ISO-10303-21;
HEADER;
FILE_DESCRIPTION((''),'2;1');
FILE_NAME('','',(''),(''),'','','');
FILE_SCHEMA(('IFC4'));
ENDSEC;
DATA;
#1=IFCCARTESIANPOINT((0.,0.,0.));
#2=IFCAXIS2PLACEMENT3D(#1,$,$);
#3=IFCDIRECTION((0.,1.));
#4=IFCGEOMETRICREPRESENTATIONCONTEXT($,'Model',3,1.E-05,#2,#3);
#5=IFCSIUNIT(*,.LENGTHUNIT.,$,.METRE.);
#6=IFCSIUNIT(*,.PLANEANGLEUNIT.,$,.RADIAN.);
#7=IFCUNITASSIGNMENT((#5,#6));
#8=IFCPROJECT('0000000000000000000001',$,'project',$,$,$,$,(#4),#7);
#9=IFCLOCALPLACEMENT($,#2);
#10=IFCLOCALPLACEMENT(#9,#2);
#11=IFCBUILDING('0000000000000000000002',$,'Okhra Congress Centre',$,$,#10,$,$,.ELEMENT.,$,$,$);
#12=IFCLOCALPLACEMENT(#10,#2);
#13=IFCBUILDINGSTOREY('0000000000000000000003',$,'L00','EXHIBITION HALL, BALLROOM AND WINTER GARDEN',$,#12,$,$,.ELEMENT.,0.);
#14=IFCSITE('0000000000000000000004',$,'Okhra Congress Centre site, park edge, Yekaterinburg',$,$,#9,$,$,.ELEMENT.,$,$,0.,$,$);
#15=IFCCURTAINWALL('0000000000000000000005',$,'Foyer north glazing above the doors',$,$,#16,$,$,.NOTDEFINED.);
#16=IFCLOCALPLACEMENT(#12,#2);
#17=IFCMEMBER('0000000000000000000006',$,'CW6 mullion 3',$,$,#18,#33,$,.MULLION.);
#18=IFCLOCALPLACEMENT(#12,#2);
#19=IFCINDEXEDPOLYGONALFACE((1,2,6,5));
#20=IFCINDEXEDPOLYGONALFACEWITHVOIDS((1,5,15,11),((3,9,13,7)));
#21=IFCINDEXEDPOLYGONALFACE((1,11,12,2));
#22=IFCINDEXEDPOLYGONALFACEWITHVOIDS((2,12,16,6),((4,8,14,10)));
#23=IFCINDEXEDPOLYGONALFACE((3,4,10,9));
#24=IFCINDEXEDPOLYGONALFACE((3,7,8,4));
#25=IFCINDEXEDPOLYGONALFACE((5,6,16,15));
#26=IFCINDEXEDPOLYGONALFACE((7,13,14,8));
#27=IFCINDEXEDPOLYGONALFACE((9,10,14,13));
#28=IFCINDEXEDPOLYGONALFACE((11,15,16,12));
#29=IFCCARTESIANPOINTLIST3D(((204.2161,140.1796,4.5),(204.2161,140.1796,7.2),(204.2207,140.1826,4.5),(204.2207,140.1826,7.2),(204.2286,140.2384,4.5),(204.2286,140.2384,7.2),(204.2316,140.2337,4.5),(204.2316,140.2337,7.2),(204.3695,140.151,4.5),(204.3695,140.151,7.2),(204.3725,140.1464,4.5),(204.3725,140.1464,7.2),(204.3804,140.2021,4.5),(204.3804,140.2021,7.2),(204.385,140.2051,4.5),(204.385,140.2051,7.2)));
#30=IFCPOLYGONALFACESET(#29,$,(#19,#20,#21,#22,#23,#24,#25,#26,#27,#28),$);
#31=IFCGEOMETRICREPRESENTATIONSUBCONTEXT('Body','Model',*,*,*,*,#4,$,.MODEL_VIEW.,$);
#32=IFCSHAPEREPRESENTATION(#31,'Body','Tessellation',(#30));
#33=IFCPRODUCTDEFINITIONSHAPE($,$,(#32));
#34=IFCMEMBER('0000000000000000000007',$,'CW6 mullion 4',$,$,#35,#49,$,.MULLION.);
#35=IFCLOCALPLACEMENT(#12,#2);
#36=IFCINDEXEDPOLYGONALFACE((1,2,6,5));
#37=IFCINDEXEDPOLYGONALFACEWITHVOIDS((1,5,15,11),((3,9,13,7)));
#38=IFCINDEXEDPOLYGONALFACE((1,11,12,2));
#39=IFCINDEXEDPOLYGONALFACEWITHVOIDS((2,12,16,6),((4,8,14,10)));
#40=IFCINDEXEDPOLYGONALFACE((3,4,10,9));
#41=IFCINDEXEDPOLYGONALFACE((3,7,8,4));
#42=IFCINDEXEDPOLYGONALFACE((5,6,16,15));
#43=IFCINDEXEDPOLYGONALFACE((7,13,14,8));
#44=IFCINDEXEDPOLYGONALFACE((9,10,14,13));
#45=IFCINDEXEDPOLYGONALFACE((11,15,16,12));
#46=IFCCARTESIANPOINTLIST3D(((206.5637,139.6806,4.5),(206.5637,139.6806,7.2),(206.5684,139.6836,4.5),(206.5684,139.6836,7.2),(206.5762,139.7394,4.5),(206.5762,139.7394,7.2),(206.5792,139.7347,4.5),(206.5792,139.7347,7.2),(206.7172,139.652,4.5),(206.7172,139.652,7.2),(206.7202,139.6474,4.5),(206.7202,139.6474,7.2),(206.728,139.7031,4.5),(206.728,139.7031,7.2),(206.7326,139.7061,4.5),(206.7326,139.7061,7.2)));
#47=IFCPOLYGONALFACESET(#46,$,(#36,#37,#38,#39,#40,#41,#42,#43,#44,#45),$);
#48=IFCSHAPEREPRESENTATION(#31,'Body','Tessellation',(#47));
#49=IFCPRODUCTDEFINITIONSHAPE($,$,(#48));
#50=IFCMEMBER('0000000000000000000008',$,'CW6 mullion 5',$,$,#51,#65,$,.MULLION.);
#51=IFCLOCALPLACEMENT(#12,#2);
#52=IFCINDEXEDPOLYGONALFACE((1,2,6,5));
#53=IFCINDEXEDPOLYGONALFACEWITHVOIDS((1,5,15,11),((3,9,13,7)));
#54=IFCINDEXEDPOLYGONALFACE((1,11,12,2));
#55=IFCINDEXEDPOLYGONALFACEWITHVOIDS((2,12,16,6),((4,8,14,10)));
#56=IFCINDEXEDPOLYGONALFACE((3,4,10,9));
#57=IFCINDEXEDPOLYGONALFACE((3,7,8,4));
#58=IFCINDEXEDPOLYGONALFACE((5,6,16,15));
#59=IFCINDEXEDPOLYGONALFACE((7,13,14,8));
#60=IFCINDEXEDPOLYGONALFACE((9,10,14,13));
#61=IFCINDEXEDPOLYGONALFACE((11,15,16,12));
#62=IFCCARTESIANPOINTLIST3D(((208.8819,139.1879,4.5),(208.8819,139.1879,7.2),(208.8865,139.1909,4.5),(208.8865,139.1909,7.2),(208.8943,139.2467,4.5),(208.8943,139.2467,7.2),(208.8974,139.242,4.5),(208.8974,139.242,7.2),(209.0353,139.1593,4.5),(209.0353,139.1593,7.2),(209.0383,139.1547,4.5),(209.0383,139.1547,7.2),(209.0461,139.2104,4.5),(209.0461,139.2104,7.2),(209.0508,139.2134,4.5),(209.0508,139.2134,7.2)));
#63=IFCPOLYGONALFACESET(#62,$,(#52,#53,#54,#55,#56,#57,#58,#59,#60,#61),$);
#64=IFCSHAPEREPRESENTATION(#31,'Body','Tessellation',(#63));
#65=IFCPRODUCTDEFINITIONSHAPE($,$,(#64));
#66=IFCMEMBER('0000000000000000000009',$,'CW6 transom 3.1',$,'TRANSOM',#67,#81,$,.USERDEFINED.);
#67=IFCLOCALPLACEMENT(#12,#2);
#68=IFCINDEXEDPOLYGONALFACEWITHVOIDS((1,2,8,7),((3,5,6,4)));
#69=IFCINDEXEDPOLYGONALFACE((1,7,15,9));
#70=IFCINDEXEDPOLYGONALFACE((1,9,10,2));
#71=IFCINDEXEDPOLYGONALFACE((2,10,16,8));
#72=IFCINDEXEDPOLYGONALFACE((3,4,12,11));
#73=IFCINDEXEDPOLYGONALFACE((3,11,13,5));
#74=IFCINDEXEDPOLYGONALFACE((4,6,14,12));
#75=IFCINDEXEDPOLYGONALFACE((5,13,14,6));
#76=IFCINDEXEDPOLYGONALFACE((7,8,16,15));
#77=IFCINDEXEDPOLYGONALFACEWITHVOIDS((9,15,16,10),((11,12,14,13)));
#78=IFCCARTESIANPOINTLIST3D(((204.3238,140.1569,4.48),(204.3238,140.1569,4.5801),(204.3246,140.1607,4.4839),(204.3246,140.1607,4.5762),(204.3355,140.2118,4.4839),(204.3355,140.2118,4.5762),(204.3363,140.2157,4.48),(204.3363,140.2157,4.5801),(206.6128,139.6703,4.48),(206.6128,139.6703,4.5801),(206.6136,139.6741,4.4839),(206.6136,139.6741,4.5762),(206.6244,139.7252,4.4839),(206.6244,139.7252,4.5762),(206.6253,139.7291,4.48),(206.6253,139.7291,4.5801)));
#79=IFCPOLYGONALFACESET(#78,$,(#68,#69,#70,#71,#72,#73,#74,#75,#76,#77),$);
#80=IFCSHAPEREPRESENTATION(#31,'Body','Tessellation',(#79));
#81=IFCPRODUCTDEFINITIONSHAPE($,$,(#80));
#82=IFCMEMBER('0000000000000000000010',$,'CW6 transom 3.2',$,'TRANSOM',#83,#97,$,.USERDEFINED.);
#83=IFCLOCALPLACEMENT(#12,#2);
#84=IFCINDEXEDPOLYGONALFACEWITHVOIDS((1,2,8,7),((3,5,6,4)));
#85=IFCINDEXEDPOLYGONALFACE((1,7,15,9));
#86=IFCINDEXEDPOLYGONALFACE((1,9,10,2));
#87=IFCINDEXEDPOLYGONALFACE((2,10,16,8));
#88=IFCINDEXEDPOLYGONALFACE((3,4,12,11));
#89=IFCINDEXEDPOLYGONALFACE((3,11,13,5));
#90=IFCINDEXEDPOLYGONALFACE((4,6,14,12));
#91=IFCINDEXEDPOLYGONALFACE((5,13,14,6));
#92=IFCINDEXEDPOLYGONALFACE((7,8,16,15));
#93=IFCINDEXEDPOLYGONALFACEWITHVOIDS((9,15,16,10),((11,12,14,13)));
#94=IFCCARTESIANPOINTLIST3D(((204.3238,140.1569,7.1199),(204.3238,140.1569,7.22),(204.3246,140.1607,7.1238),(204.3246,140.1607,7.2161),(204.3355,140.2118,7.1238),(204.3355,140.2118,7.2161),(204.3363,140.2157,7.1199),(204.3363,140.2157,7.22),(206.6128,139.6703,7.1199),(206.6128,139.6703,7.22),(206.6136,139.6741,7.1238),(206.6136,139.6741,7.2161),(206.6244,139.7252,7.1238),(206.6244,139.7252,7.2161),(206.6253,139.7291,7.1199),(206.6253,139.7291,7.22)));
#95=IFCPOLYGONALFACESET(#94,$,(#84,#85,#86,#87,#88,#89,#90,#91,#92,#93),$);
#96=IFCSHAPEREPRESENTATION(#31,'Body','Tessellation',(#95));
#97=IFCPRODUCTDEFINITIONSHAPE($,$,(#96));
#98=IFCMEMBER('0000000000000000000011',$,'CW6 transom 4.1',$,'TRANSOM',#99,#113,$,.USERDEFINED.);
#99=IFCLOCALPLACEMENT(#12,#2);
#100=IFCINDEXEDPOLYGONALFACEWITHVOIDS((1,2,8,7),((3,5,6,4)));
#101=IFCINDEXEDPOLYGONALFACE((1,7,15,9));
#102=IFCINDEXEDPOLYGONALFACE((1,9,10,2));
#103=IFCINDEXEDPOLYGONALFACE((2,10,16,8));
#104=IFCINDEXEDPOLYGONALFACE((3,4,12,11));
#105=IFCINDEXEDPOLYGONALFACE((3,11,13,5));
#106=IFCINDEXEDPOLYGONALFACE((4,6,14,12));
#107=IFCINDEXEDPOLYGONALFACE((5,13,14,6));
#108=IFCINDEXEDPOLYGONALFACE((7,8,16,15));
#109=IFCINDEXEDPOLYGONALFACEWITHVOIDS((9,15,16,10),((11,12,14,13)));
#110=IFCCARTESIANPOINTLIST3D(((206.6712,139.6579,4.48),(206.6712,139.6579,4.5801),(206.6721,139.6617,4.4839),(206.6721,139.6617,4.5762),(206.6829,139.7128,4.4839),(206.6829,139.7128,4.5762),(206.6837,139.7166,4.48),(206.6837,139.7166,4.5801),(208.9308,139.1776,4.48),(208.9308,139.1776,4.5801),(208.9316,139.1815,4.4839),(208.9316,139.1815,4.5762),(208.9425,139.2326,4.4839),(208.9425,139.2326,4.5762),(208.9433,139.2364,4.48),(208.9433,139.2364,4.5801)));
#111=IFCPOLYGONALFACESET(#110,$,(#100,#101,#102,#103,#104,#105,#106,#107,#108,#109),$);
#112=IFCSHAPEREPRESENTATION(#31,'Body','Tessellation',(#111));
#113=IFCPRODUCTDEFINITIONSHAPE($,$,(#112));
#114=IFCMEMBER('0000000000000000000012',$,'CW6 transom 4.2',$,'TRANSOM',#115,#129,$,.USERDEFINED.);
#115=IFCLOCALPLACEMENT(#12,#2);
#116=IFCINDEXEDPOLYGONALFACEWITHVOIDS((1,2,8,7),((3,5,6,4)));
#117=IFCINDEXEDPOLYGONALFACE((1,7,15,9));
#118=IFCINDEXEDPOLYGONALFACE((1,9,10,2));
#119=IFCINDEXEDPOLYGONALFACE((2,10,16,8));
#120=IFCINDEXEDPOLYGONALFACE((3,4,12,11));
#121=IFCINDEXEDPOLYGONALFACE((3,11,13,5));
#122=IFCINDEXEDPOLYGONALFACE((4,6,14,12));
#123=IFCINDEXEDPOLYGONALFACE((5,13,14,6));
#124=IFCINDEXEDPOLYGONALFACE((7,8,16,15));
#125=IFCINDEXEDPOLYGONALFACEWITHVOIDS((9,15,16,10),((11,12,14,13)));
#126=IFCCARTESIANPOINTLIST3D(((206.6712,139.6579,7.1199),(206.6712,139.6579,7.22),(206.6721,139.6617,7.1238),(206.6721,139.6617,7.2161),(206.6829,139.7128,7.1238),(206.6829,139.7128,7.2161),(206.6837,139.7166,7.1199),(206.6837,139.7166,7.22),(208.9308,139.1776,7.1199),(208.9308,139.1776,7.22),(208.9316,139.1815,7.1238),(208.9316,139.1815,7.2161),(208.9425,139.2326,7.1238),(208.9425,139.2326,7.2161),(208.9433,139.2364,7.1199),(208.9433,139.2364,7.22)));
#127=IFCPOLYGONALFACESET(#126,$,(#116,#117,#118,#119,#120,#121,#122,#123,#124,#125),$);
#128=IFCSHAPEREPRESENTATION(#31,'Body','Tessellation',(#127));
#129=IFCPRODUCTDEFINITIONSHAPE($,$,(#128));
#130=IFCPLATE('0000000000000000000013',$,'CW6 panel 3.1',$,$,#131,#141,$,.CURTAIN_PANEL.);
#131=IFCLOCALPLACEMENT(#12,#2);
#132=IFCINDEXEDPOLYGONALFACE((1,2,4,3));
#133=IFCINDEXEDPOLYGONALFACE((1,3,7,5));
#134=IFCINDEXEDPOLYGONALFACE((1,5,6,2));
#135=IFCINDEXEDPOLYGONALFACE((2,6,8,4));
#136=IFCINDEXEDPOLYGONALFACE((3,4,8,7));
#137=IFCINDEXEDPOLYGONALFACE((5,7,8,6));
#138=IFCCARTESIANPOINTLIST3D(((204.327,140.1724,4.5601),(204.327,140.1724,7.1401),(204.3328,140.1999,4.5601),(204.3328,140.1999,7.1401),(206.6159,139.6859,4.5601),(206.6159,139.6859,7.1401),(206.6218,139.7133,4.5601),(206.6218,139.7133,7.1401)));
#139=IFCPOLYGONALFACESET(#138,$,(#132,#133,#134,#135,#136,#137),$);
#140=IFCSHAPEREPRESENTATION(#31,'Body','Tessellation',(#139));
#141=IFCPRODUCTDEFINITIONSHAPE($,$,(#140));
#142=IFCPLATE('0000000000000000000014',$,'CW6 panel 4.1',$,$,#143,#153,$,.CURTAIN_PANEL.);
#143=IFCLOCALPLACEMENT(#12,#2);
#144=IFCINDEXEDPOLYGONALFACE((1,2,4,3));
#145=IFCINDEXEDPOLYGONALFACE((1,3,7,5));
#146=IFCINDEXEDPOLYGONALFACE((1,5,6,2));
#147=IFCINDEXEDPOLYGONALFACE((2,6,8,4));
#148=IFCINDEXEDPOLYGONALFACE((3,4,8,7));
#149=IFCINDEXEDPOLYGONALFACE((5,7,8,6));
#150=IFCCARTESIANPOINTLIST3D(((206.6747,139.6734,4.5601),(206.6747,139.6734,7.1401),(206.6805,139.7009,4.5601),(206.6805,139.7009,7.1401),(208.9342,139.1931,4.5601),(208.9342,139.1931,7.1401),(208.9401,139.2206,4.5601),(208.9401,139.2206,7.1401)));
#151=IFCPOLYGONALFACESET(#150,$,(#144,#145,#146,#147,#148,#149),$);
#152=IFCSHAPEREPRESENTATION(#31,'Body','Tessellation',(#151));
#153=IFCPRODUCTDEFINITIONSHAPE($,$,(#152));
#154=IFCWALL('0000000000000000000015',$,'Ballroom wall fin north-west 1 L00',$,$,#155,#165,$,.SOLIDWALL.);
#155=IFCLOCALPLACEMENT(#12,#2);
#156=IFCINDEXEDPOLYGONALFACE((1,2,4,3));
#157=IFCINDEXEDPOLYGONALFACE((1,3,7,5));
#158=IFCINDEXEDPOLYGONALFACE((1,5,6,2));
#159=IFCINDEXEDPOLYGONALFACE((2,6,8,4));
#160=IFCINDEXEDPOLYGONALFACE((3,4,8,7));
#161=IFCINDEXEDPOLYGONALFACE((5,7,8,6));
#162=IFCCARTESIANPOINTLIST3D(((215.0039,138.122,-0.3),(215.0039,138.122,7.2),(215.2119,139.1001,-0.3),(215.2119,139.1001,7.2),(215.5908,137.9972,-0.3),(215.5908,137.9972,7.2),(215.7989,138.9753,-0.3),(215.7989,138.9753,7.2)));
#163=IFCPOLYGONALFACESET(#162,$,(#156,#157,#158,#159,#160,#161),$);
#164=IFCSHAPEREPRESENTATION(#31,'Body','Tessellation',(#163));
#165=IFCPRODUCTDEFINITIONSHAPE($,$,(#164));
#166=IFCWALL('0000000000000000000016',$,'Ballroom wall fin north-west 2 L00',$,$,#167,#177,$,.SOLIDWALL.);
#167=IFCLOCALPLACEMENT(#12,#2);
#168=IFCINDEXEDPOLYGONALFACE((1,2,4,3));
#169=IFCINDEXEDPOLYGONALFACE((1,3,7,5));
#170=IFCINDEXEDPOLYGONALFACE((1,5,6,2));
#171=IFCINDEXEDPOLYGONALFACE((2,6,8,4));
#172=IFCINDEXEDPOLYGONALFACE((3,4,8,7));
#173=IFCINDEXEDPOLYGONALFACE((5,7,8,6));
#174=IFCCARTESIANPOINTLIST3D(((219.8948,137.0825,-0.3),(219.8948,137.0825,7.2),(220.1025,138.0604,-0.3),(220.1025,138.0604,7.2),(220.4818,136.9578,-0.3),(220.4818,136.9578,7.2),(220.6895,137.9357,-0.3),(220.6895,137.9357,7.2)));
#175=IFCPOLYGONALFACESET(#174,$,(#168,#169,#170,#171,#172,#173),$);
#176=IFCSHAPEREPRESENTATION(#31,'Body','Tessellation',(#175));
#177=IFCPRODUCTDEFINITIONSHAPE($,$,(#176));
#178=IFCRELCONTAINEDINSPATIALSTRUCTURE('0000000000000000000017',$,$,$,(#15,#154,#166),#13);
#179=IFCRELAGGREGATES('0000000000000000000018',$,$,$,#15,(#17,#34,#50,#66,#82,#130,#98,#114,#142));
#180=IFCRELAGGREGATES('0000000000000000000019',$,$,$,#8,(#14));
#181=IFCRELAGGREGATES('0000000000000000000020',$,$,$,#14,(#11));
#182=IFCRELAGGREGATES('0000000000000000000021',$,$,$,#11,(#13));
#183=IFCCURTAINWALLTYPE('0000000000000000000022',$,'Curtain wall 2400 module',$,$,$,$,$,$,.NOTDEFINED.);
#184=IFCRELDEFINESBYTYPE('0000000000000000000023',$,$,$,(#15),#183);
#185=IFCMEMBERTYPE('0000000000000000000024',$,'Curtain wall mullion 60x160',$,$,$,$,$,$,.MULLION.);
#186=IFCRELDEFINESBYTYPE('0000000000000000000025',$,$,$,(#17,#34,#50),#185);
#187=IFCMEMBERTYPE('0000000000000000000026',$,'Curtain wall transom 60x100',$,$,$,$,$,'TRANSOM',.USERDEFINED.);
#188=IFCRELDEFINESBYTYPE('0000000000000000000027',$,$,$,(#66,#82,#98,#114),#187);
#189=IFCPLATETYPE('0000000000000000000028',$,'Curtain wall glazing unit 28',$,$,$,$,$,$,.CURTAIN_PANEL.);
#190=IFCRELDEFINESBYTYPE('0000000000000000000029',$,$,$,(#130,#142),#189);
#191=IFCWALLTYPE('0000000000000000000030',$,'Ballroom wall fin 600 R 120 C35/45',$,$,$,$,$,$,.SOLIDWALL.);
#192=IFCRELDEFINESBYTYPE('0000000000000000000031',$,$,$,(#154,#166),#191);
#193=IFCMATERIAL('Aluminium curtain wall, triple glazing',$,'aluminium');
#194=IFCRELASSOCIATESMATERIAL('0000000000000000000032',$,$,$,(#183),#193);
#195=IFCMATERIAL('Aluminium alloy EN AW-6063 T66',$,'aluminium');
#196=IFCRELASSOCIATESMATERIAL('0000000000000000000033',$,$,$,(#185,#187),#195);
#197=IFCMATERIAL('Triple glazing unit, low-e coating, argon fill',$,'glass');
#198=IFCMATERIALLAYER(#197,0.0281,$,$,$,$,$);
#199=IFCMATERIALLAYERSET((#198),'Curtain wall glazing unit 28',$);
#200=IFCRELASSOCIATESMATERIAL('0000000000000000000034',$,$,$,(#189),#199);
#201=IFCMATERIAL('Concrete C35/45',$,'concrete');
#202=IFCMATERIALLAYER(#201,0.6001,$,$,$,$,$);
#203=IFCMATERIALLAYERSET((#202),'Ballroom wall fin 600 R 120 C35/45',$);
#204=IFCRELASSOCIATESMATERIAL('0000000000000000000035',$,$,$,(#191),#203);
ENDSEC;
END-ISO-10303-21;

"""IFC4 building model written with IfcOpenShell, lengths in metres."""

from ifc_helpers import new_model, si_unit, direction, frame, frame_2d, origin, origin_2d, place, context, subcontext, project, spatial, rectangle, hollow_rectangle, extrude, material, layer, layer_set, material_profile, profile_set, type_object, element, aggregate, save


model = new_model("IFC4")

# Units and contexts
model_context = context("Model", 3, precision=1e-05, world=origin(), true_north=direction((0.0, 1.0)))
body_context = subcontext(model_context, "Body", "Model", "MODEL_VIEW")
ifc_project = project(units=[si_unit("LENGTHUNIT", "METRE"), si_unit("PLANEANGLEUNIT", "RADIAN")], contexts=[model_context])

# Site, building, storey
site_placement = place(None, origin())
site = spatial("IfcSite", under=ifc_project, at=site_placement, Name="Okhra Congress Centre site, park edge, Yekaterinburg", CompositionType="ELEMENT", RefElevation=0.0)
building_placement = place(site_placement, origin())
building = spatial("IfcBuilding", under=site, at=building_placement, Name="Okhra Congress Centre", CompositionType="ELEMENT")
storey_placement = place(building_placement, origin())
storey = spatial("IfcBuildingStorey", under=building, at=storey_placement, Name="L00", Description="EXHIBITION HALL, BALLROOM AND WINTER GARDEN", CompositionType="ELEMENT", Elevation=0.0)

# Shared definitions
ifc_material_1 = material(Name="Concrete C35/45", Category="concrete")

# Curtain wall, members, plates
ifc_material_2 = material(Name="Aluminium curtain wall, triple glazing", Category="aluminium")
curtain_wall_type = type_object("IfcCurtainWallType", Name="Curtain wall 2400 module", PredefinedType="NOTDEFINED", material=ifc_material_2)
curtain_wall_placement = place(storey_placement, origin())
curtain_wall = element("IfcCurtainWall", 1, at=curtain_wall_placement, inside=storey, type_object=curtain_wall_type, Name="Foyer north glazing above the doors", PredefinedType="NOTDEFINED")
ifc_material_3 = material(Name="Aluminium alloy EN AW-6063 T66", Category="aluminium")
ifc_material_profile_1 = material_profile(ifc_material_3, hollow_rectangle(XDim=0.0601, YDim=0.1599, WallThickness=0.0039, at=origin_2d()), Name="RHS 60x160x4")
ifc_profile_set_1 = profile_set([ifc_material_profile_1], Name="Aluminium alloy EN AW-6063 T66")
member_type_1 = type_object("IfcMemberType", Name="Curtain wall mullion 60x160", PredefinedType="MULLION", material=ifc_profile_set_1)
member_1_placement = place(storey_placement, frame((204.3005, 140.1924, 4.5), z_axis=(0.0, 0.0, 1.0), x_axis=(0.207912, 0.978148, 0.0)))
member_1 = element("IfcMember", 2, at=member_1_placement, type_object=member_type_1, Name="CW6 mullion 3", PredefinedType="MULLION", context=body_context, shape_type="SweptSolid", body=[
    extrude(hollow_rectangle(XDim=0.0601, YDim=0.1599, WallThickness=0.0039, at=origin_2d()), origin(), (0.0, 0.0, 1.0), 2.7),
])
member_2_placement = place(storey_placement, frame((206.6482, 139.6934, 4.5), z_axis=(0.0, 0.0, 1.0), x_axis=(0.207912, 0.978148, 0.0)))
member_2 = element("IfcMember", 3, at=member_2_placement, type_object=member_type_1, Name="CW6 mullion 4", PredefinedType="MULLION", context=body_context, shape_type="SweptSolid", body=[
    extrude(hollow_rectangle(XDim=0.0601, YDim=0.1599, WallThickness=0.0039, at=origin_2d()), origin(), (0.0, 0.0, 1.0), 2.7),
])
member_3_placement = place(storey_placement, frame((208.9663, 139.2007, 4.5), z_axis=(0.0, 0.0, 1.0), x_axis=(0.207912, 0.978148, 0.0)))
member_3 = element("IfcMember", 4, at=member_3_placement, type_object=member_type_1, Name="CW6 mullion 5", PredefinedType="MULLION", context=body_context, shape_type="SweptSolid", body=[
    extrude(hollow_rectangle(XDim=0.0601, YDim=0.1599, WallThickness=0.0039, at=origin_2d()), origin(), (0.0, 0.0, 1.0), 2.7),
])
ifc_material_profile_2 = material_profile(ifc_material_3, hollow_rectangle(XDim=0.0601, YDim=0.1001, WallThickness=0.0039, at=origin_2d()), Name="RHS 60x100x4")
ifc_profile_set_2 = profile_set([ifc_material_profile_2], Name="Aluminium alloy EN AW-6063 T66")
member_type_2 = type_object("IfcMemberType", Name="Curtain wall transom 60x100", ElementType="TRANSOM", PredefinedType="USERDEFINED", material=ifc_profile_set_2)
member_4_placement = place(storey_placement, frame((204.3301, 140.1863, 4.53), z_axis=(0.978142, -0.20794, 0.0), x_axis=(0.20794, 0.978142, 0.0)))
member_4 = element("IfcMember", 5, at=member_4_placement, type_object=member_type_2, Name="CW6 transom 3.1", ObjectType="TRANSOM", PredefinedType="USERDEFINED", context=body_context, shape_type="SweptSolid", body=[
    extrude(hollow_rectangle(XDim=0.0601, YDim=0.1001, WallThickness=0.0039, at=origin_2d()), origin(), (0.0, 0.0, 1.0), 2.3401),
])
member_5_placement = place(storey_placement, frame((204.3301, 140.1863, 7.1699), z_axis=(0.978142, -0.20794, 0.0), x_axis=(0.20794, 0.978142, 0.0)))
member_5 = element("IfcMember", 6, at=member_5_placement, type_object=member_type_2, Name="CW6 transom 3.2", ObjectType="TRANSOM", PredefinedType="USERDEFINED", context=body_context, shape_type="SweptSolid", body=[
    extrude(hollow_rectangle(XDim=0.0601, YDim=0.1001, WallThickness=0.0039, at=origin_2d()), origin(), (0.0, 0.0, 1.0), 2.3401),
])
member_6_placement = place(storey_placement, frame((206.6775, 139.6873, 4.53), z_axis=(0.978152, -0.20789, 0.0), x_axis=(0.20789, 0.978152, 0.0)))
member_6 = element("IfcMember", 7, at=member_6_placement, type_object=member_type_2, Name="CW6 transom 4.1", ObjectType="TRANSOM", PredefinedType="USERDEFINED", context=body_context, shape_type="SweptSolid", body=[
    extrude(hollow_rectangle(XDim=0.0601, YDim=0.1001, WallThickness=0.0039, at=origin_2d()), origin(), (0.0, 0.0, 1.0), 2.3101),
])
member_7_placement = place(storey_placement, frame((206.6775, 139.6873, 7.1699), z_axis=(0.978152, -0.20789, 0.0), x_axis=(0.20789, 0.978152, 0.0)))
member_7 = element("IfcMember", 8, at=member_7_placement, type_object=member_type_2, Name="CW6 transom 4.2", ObjectType="TRANSOM", PredefinedType="USERDEFINED", context=body_context, shape_type="SweptSolid", body=[
    extrude(hollow_rectangle(XDim=0.0601, YDim=0.1001, WallThickness=0.0039, at=origin_2d()), origin(), (0.0, 0.0, 1.0), 2.3101),
])
ifc_material_4 = material(Name="Triple glazing unit, low-e coating, argon fill", Category="glass")
ifc_layer_1 = layer(ifc_material_4, 0.0281)
ifc_layer_set_1 = layer_set([ifc_layer_1], Name="Curtain wall glazing unit 28")
plate_type = type_object("IfcPlateType", Name="Curtain wall glazing unit 28", PredefinedType="CURTAIN_PANEL", material=ifc_layer_set_1)
plate_1_placement = place(storey_placement, frame((205.4744, 139.9429, 4.5601), z_axis=(0.0, 0.0, 1.0), x_axis=(0.978148, -0.207912, 0.0)))
plate_1 = element("IfcPlate", 9, at=plate_1_placement, type_object=plate_type, Name="CW6 panel 3.1", PredefinedType="CURTAIN_PANEL", context=body_context, shape_type="SweptSolid", body=[
    extrude(rectangle(XDim=2.3401, YDim=0.0281, at=origin_2d()), origin(), (0.0, 0.0, 1.0), 2.5801),
])
plate_2_placement = place(storey_placement, frame((207.8074, 139.447, 4.5601), z_axis=(0.0, 0.0, 1.0), x_axis=(0.978148, -0.207912, 0.0)))
plate_2 = element("IfcPlate", 10, at=plate_2_placement, type_object=plate_type, Name="CW6 panel 4.1", PredefinedType="CURTAIN_PANEL", context=body_context, shape_type="SweptSolid", body=[
    extrude(rectangle(XDim=2.3101, YDim=0.0281, at=origin_2d()), origin(), (0.0, 0.0, 1.0), 2.5801),
])
aggregate(curtain_wall, [member_1, member_2, member_3, member_4, member_5, plate_1, member_6, member_7, plate_2])

# Walls
ifc_layer_2 = layer(ifc_material_1, 0.6001)
ifc_layer_set_2 = layer_set([ifc_layer_2], Name="Ballroom wall fin 600 R 120 C35/45")
wall_type_1 = type_object("IfcWallType", Name="Ballroom wall fin 600 R 120 C35/45", PredefinedType="SOLIDWALL", material=ifc_layer_set_2)
wall_1_placement = place(storey_placement, frame((215.2974, 138.0596, -0.3), z_axis=(0.0, 0.0, 1.0), x_axis=(0.208028, 0.978123, 0.0)))
element("IfcWall", 11, at=wall_1_placement, inside=storey, type_object=wall_type_1, Name="Ballroom wall fin north-west 1 L00", PredefinedType="SOLIDWALL", context=body_context, shape_type="SweptSolid", body=[
    extrude(rectangle(XDim=1.0, YDim=0.6001, at=frame_2d((0.5, 0.0))), origin(), (0.0, 0.0, 1.0), 7.5),
])
wall_2_placement = place(storey_placement, frame((220.1882, 137.02, -0.3), z_axis=(0.0, 0.0, 1.0), x_axis=(0.207795, 0.978173, 0.0)))
element("IfcWall", 12, at=wall_2_placement, inside=storey, type_object=wall_type_1, Name="Ballroom wall fin north-west 2 L00", PredefinedType="SOLIDWALL", context=body_context, shape_type="SweptSolid", body=[
    extrude(rectangle(XDim=0.9998, YDim=0.6001, at=frame_2d((0.5, 0.0))), origin(), (0.0, 0.0, 1.0), 7.5),
])

save(model, "model.ifc")
